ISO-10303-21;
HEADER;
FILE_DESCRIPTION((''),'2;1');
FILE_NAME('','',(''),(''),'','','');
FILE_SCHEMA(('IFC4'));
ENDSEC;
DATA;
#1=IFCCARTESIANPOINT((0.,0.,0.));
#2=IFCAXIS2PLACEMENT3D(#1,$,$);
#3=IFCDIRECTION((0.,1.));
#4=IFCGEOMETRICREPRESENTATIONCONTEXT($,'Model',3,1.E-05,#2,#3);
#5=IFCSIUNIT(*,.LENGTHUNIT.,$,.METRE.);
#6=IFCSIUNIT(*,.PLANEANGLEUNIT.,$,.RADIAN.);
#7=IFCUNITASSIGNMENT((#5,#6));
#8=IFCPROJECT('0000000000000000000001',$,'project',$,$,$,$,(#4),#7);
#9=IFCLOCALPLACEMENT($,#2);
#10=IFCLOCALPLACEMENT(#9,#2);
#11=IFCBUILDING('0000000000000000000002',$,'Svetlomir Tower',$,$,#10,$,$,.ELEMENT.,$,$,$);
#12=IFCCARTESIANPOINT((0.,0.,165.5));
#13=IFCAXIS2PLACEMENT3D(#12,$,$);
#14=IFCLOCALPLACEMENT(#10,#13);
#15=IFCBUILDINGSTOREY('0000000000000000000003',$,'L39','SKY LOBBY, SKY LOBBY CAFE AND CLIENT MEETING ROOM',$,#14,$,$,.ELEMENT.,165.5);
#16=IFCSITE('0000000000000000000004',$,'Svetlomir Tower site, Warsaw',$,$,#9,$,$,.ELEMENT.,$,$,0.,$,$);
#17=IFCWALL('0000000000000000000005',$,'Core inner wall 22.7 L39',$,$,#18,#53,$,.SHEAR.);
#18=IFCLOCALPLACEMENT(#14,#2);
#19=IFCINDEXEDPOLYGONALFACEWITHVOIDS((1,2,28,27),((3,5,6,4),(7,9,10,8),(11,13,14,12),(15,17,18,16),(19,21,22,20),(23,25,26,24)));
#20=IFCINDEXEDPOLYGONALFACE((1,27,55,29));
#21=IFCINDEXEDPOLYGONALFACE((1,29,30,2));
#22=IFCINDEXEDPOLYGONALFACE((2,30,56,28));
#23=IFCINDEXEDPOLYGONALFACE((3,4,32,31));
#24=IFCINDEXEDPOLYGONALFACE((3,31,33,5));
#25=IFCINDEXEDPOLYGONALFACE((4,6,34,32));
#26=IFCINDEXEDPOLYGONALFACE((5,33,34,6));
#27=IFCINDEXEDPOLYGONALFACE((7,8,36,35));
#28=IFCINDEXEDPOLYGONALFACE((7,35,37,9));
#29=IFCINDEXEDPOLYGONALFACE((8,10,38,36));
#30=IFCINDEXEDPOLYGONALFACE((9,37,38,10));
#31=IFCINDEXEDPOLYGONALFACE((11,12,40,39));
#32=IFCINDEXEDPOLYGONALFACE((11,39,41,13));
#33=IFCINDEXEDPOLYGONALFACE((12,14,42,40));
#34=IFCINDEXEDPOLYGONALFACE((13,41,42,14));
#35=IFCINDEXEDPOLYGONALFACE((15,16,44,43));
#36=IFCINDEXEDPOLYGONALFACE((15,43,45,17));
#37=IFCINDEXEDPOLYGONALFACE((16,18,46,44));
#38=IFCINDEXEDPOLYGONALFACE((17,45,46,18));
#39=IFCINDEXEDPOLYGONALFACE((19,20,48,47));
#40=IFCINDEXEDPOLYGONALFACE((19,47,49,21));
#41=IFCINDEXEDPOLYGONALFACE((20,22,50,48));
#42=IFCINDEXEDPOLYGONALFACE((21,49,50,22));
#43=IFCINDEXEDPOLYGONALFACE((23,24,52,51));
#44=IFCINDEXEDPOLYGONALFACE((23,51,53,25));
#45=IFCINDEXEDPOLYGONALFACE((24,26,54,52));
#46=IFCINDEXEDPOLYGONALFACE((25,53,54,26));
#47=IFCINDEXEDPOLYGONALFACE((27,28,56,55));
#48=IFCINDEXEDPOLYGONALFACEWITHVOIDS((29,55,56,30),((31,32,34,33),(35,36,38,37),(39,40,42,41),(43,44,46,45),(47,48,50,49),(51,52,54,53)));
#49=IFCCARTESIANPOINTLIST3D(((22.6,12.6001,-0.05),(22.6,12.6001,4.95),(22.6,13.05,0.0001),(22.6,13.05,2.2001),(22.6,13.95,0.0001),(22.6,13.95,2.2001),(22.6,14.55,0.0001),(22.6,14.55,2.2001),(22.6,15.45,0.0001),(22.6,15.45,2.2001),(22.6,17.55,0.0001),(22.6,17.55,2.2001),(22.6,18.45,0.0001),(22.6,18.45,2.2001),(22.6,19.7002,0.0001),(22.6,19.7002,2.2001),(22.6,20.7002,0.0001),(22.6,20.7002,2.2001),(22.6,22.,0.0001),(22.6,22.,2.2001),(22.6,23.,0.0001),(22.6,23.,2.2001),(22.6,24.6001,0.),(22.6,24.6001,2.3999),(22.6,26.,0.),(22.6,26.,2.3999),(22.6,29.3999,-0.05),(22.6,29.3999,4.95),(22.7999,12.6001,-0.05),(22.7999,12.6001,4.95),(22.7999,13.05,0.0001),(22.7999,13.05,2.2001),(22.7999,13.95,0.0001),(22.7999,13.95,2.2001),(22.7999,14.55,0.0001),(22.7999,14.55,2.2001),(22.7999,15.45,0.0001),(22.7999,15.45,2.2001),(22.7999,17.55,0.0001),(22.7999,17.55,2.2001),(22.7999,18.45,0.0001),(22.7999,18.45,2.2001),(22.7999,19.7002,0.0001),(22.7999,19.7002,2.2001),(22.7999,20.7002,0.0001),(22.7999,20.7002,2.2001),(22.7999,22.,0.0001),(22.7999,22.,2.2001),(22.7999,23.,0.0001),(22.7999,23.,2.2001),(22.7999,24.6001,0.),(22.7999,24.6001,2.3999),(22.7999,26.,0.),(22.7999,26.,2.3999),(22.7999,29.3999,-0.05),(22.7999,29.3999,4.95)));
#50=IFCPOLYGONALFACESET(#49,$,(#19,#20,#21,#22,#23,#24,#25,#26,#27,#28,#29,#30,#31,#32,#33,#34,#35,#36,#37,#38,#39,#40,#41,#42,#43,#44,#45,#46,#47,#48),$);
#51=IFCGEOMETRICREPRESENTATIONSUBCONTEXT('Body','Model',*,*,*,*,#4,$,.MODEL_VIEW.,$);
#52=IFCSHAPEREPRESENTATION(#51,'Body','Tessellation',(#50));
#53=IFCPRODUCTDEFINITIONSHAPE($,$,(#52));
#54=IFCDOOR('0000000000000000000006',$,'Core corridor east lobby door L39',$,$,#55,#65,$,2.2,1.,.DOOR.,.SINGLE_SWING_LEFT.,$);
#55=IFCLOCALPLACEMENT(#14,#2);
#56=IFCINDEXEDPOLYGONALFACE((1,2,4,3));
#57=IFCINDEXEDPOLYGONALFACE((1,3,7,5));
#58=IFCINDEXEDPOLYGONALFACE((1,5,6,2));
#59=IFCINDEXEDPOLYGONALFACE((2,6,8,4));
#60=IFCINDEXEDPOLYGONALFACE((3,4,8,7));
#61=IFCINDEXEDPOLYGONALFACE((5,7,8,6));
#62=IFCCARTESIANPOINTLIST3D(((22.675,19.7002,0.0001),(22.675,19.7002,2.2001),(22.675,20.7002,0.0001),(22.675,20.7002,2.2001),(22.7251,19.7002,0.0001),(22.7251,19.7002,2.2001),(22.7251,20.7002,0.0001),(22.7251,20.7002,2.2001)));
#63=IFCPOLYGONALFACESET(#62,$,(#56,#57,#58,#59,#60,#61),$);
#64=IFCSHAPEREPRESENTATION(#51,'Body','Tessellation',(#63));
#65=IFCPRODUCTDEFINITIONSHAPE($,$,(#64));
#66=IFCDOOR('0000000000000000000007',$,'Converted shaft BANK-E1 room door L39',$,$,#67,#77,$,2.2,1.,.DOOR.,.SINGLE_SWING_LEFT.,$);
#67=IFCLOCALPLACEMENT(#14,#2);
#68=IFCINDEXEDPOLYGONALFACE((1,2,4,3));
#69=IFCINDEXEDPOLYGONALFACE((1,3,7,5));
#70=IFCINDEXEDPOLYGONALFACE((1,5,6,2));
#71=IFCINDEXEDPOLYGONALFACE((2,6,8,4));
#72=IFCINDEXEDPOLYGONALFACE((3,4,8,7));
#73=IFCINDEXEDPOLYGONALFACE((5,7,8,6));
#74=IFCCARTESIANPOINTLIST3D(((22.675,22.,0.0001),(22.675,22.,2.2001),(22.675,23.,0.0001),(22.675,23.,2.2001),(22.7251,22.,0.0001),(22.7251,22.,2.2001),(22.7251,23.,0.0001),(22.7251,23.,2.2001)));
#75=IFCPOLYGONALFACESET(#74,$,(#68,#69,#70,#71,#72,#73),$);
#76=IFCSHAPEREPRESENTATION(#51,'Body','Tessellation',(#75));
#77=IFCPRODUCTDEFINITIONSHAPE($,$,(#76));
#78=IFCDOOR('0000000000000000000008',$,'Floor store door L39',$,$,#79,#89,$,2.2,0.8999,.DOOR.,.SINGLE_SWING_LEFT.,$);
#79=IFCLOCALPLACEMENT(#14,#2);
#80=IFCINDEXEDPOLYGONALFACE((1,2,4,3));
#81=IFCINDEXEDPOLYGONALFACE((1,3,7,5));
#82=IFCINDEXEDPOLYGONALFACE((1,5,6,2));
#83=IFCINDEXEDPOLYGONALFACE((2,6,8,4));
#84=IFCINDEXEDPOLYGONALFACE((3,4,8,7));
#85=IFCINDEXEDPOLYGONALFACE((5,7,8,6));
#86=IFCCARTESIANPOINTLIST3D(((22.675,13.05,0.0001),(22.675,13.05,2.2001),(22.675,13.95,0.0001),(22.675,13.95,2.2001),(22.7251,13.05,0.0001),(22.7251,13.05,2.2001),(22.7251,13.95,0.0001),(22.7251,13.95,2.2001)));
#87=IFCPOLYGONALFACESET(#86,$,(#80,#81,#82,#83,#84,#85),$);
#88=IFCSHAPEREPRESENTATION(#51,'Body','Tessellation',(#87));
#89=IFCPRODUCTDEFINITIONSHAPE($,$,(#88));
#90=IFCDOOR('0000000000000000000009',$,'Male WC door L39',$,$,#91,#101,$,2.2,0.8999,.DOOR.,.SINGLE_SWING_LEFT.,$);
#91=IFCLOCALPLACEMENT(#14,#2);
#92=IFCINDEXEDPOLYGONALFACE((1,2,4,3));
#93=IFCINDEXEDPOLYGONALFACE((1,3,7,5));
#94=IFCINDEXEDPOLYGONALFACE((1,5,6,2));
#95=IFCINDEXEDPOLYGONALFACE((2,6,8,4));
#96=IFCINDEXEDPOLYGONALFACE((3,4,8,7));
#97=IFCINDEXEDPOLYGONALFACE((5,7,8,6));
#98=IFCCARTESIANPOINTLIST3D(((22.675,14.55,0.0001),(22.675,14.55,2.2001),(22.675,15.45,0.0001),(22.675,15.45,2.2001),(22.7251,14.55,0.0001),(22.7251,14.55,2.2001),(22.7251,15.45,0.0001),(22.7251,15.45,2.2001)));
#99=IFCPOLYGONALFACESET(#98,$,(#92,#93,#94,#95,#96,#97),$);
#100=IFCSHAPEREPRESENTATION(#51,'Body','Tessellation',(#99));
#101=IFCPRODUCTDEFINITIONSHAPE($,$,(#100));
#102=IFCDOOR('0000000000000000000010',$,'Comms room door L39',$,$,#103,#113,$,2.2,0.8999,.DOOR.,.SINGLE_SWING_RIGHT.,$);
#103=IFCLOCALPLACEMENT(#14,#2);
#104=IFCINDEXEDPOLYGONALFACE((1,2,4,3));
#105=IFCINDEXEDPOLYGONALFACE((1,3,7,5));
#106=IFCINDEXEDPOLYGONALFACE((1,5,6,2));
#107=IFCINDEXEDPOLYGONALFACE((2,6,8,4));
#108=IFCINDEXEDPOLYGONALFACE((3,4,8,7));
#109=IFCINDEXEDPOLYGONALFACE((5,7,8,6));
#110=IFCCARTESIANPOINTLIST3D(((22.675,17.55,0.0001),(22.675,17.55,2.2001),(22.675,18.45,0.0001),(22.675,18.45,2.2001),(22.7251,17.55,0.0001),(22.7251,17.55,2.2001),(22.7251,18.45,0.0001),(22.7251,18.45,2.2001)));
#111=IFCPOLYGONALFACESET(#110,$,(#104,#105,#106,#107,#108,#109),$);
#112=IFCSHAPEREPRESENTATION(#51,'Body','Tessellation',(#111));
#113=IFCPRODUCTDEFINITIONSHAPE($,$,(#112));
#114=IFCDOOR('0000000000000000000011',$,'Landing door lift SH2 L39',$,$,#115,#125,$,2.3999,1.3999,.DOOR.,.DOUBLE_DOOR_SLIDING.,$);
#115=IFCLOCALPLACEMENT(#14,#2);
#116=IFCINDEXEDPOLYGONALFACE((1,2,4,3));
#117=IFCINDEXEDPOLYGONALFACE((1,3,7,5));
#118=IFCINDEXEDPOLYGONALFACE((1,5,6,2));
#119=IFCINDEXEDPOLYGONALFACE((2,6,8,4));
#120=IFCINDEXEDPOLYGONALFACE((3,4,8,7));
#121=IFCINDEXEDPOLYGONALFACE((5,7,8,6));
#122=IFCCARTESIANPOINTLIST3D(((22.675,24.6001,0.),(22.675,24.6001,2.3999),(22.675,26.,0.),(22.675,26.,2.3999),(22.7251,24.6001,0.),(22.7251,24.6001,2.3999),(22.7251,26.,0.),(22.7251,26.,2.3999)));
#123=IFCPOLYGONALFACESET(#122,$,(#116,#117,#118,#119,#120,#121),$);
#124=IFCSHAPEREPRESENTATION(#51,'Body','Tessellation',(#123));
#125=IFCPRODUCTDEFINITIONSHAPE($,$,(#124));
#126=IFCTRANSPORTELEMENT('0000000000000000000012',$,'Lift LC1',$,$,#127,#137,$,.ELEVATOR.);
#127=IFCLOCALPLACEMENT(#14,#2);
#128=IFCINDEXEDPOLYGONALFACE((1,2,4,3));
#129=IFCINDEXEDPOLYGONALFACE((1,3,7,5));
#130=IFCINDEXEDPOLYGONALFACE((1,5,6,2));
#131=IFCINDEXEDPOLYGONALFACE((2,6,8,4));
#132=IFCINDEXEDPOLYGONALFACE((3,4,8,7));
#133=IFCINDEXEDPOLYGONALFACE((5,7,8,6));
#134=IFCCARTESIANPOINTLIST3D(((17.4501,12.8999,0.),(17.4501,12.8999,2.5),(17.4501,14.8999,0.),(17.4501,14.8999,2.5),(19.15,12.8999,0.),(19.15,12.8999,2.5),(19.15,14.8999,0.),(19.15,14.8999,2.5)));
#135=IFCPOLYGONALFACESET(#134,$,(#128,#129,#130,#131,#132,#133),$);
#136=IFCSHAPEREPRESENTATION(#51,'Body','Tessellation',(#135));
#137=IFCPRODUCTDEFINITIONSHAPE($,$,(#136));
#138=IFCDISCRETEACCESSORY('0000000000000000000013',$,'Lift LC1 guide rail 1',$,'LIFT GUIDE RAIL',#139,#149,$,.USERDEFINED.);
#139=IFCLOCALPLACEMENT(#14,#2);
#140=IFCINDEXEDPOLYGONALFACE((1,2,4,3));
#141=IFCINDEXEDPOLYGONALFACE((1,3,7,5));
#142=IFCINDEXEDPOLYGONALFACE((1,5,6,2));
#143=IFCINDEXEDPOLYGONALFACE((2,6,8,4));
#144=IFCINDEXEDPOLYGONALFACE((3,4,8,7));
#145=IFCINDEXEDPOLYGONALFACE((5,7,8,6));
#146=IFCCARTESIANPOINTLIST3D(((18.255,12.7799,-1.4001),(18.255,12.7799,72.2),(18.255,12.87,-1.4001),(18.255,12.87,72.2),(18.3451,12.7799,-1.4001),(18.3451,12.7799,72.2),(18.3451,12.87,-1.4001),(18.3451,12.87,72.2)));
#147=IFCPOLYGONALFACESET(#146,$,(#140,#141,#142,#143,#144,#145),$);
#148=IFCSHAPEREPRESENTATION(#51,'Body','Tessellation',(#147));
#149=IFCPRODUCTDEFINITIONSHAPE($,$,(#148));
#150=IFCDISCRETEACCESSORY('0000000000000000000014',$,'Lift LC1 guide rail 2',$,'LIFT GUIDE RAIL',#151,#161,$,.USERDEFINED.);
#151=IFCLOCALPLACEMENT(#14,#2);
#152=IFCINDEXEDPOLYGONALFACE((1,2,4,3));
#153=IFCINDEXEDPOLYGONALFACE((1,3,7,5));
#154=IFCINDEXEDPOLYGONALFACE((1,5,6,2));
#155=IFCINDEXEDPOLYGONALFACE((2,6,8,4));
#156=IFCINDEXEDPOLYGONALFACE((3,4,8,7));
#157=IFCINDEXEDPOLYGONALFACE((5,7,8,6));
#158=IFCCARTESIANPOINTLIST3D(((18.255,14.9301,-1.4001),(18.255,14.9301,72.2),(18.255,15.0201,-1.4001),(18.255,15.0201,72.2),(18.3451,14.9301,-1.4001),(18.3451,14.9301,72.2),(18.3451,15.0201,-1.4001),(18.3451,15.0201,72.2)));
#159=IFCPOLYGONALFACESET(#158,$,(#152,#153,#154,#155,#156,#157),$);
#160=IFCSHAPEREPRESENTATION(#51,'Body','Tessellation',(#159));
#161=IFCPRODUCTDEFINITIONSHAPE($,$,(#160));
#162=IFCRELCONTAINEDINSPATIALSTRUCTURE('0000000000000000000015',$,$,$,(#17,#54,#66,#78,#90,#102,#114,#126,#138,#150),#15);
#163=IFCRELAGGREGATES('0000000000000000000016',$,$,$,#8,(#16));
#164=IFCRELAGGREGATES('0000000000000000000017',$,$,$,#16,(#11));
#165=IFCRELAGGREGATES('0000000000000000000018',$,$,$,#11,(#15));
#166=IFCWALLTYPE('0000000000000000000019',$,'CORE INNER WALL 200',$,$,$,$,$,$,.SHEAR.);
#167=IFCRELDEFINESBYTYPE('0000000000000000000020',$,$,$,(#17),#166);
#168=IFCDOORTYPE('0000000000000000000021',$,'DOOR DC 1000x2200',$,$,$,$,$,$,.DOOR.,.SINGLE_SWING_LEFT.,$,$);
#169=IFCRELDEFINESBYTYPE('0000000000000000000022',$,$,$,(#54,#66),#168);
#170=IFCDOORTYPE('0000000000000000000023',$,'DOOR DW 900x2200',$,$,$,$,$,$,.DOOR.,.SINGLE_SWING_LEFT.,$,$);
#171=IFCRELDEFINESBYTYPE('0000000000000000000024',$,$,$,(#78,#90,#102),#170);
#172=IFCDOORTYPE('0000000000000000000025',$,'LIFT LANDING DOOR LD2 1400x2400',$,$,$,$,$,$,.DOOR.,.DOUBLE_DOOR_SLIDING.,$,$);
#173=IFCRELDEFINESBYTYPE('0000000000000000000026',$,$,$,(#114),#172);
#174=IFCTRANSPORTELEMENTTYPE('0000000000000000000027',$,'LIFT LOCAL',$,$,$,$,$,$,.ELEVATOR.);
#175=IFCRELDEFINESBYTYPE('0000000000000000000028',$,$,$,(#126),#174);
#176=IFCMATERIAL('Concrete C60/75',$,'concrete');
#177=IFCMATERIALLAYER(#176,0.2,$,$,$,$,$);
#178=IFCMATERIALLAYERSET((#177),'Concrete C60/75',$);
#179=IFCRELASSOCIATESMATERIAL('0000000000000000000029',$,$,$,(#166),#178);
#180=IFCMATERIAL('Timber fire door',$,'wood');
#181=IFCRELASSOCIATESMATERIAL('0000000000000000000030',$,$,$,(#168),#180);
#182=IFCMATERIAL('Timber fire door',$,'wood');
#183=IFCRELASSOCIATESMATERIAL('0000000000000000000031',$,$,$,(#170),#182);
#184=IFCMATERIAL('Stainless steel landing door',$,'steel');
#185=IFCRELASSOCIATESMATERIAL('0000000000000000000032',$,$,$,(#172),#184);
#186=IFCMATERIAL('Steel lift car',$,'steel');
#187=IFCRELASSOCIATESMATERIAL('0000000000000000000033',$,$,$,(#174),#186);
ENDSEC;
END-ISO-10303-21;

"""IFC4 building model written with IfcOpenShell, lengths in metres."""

from ifc_helpers import new_model, si_unit, direction, frame, frame_2d, origin, origin_2d, place, context, subcontext, project, spatial, rectangle, extrude, material, layer, layer_set, type_object, element, fill, save


model = new_model("IFC4")

# Units and contexts
model_context = context("Model", 3, precision=1e-05, world=origin(), true_north=direction((0.0, 1.0)))
body_context = subcontext(model_context, "Body", "Model", "MODEL_VIEW")
ifc_project = project(units=[si_unit("LENGTHUNIT", "METRE"), si_unit("PLANEANGLEUNIT", "RADIAN")], contexts=[model_context])

# Site, building, storey
site_placement = place(None, origin())
site = spatial("IfcSite", under=ifc_project, at=site_placement, Name="Svetlomir Tower site, Warsaw", CompositionType="ELEMENT", RefElevation=0.0)
building_placement = place(site_placement, origin())
building = spatial("IfcBuilding", under=site, at=building_placement, Name="Svetlomir Tower", CompositionType="ELEMENT")
storey_placement = place(building_placement, frame((0.0, 0.0, 165.5)))
storey = spatial("IfcBuildingStorey", under=building, at=storey_placement, Name="L39", Description="SKY LOBBY, SKY LOBBY CAFE AND CLIENT MEETING ROOM", CompositionType="ELEMENT", Elevation=165.5)

# Wall, openings, doors
ifc_material_1 = material(Name="Concrete C60/75", Category="concrete")
ifc_layer = layer(ifc_material_1, 0.2)
ifc_layer_set = layer_set([ifc_layer], Name="Concrete C60/75")
wall_type = type_object("IfcWallType", Name="CORE INNER WALL 200", PredefinedType="SHEAR", material=ifc_layer_set)
ifc_material_2 = material(Name="Timber fire door", Category="wood")
door_type_1 = type_object("IfcDoorType", Name="DOOR DC 1000x2200", OperationType="SINGLE_SWING_LEFT", PredefinedType="DOOR", material=ifc_material_2)
ifc_material_3 = material(Name="Timber fire door", Category="wood")
door_type_2 = type_object("IfcDoorType", Name="DOOR DW 900x2200", OperationType="SINGLE_SWING_LEFT", PredefinedType="DOOR", material=ifc_material_3)
wall_1_placement = place(storey_placement, frame((22.7, 12.6001, -0.05), z_axis=(0.0, 0.0, 1.0), x_axis=(0.0, 1.0, 0.0)))
wall_1 = element("IfcWall", 1, at=wall_1_placement, inside=storey, type_object=wall_type, Name="Core inner wall 22.7 L39", PredefinedType="SHEAR", context=body_context, shape_type="SweptSolid", body=[
    extrude(rectangle(XDim=16.7998, YDim=0.2, at=frame_2d((8.3999, 0.0))), origin(), (0.0, 0.0, 1.0), 5.0),
])
opening_1_placement = place(wall_1_placement, frame((0.45, 0.0, 0.05)))
opening_1 = element("IfcOpeningElement", 2, at=opening_1_placement, cuts=wall_1, PredefinedType="OPENING", context=body_context, shape_type="SweptSolid", body=[
    extrude(rectangle(XDim=0.8999, YDim=2.2, at=frame_2d((0.45, 1.1001))), frame((0.0, 0.1099, 0.0), z_axis=(0.0, -1.0, 0.0), x_axis=(1.0, 0.0, 0.0)), (0.0, 0.0, 1.0), 0.22),
])
opening_2_placement = place(wall_1_placement, frame((7.1001, 0.0, 0.05)))
opening_2 = element("IfcOpeningElement", 3, at=opening_2_placement, cuts=wall_1, PredefinedType="OPENING", context=body_context, shape_type="SweptSolid", body=[
    extrude(rectangle(XDim=1.0, YDim=2.2, at=frame_2d((0.5, 1.1001))), frame((0.0, 0.1099, 0.0), z_axis=(0.0, -1.0, 0.0), x_axis=(1.0, 0.0, 0.0)), (0.0, 0.0, 1.0), 0.22),
])
opening_3_placement = place(wall_1_placement, frame((1.95, 0.0, 0.05)))
opening_3 = element("IfcOpeningElement", 4, at=opening_3_placement, cuts=wall_1, PredefinedType="OPENING", context=body_context, shape_type="SweptSolid", body=[
    extrude(rectangle(XDim=0.8999, YDim=2.2, at=frame_2d((0.45, 1.1001))), frame((0.0, 0.1099, 0.0), z_axis=(0.0, -1.0, 0.0), x_axis=(1.0, 0.0, 0.0)), (0.0, 0.0, 1.0), 0.22),
])
opening_4_placement = place(wall_1_placement, frame((4.95, 0.0, 0.05)))
opening_4 = element("IfcOpeningElement", 5, at=opening_4_placement, cuts=wall_1, PredefinedType="OPENING", context=body_context, shape_type="SweptSolid", body=[
    extrude(rectangle(XDim=0.8999, YDim=2.2, at=frame_2d((0.45, 1.1001))), frame((0.0, 0.1099, 0.0), z_axis=(0.0, -1.0, 0.0), x_axis=(1.0, 0.0, 0.0)), (0.0, 0.0, 1.0), 0.22),
])
opening_5_placement = place(wall_1_placement, frame((9.3999, 0.0, 0.05)))
opening_5 = element("IfcOpeningElement", 6, at=opening_5_placement, cuts=wall_1, PredefinedType="OPENING", context=body_context, shape_type="SweptSolid", body=[
    extrude(rectangle(XDim=1.0, YDim=2.2, at=frame_2d((0.5, 1.1001))), frame((0.0, 0.1099, 0.0), z_axis=(0.0, -1.0, 0.0), x_axis=(1.0, 0.0, 0.0)), (0.0, 0.0, 1.0), 0.22),
])
opening_6_placement = place(wall_1_placement, frame((12.0, 0.0, 0.05)))
opening_6 = element("IfcOpeningElement", 7, at=opening_6_placement, cuts=wall_1, PredefinedType="OPENING", context=body_context, shape_type="SweptSolid", body=[
    extrude(rectangle(XDim=1.3999, YDim=2.3999, at=frame_2d((0.7, 1.2))), frame((0.0, 0.1099, 0.0), z_axis=(0.0, -1.0, 0.0), x_axis=(1.0, 0.0, 0.0)), (0.0, 0.0, 1.0), 0.22),
])
door_1_placement = place(opening_2_placement, origin())
door_1 = element("IfcDoor", 8, at=door_1_placement, inside=storey, type_object=door_type_1, Name="Core corridor east lobby door L39", OperationType="SINGLE_SWING_LEFT", OverallHeight=2.2, OverallWidth=1.0, PredefinedType="DOOR", context=body_context, shape_type="SweptSolid", body=[
    extrude(rectangle(XDim=1.0, YDim=2.2, at=frame_2d((0.5, 1.1001))), frame((0.0, 0.0249, 0.0), z_axis=(0.0, -1.0, 0.0), x_axis=(1.0, 0.0, 0.0)), (0.0, 0.0, 1.0), 0.05),
])
fill(opening_2, door_1)
door_2_placement = place(opening_5_placement, origin())
door_2 = element("IfcDoor", 9, at=door_2_placement, inside=storey, type_object=door_type_1, Name="Converted shaft BANK-E1 room door L39", OperationType="SINGLE_SWING_LEFT", OverallHeight=2.2, OverallWidth=1.0, PredefinedType="DOOR", context=body_context, shape_type="SweptSolid", body=[
    extrude(rectangle(XDim=1.0, YDim=2.2, at=frame_2d((0.5, 1.1001))), frame((0.0, 0.0249, 0.0), z_axis=(0.0, -1.0, 0.0), x_axis=(1.0, 0.0, 0.0)), (0.0, 0.0, 1.0), 0.05),
])
fill(opening_5, door_2)
door_3_placement = place(opening_1_placement, origin())
door_3 = element("IfcDoor", 10, at=door_3_placement, inside=storey, type_object=door_type_2, Name="Floor store door L39", OperationType="SINGLE_SWING_LEFT", OverallHeight=2.2, OverallWidth=0.8999, PredefinedType="DOOR", context=body_context, shape_type="SweptSolid", body=[
    extrude(rectangle(XDim=0.8999, YDim=2.2, at=frame_2d((0.45, 1.1001))), frame((0.0, 0.0249, 0.0), z_axis=(0.0, -1.0, 0.0), x_axis=(1.0, 0.0, 0.0)), (0.0, 0.0, 1.0), 0.05),
])
fill(opening_1, door_3)
door_4_placement = place(opening_3_placement, origin())
door_4 = element("IfcDoor", 11, at=door_4_placement, inside=storey, type_object=door_type_2, Name="Male WC door L39", OperationType="SINGLE_SWING_LEFT", OverallHeight=2.2, OverallWidth=0.8999, PredefinedType="DOOR", context=body_context, shape_type="SweptSolid", body=[
    extrude(rectangle(XDim=0.8999, YDim=2.2, at=frame_2d((0.45, 1.1001))), frame((0.0, 0.0249, 0.0), z_axis=(0.0, -1.0, 0.0), x_axis=(1.0, 0.0, 0.0)), (0.0, 0.0, 1.0), 0.05),
])
fill(opening_3, door_4)
door_5_placement = place(opening_4_placement, origin())
door_5 = element("IfcDoor", 12, at=door_5_placement, inside=storey, type_object=door_type_2, Name="Comms room door L39", OperationType="SINGLE_SWING_RIGHT", OverallHeight=2.2, OverallWidth=0.8999, PredefinedType="DOOR", context=body_context, shape_type="SweptSolid", body=[
    extrude(rectangle(XDim=0.8999, YDim=2.2, at=frame_2d((0.45, 1.1001))), frame((0.0, 0.0249, 0.0), z_axis=(0.0, -1.0, 0.0), x_axis=(1.0, 0.0, 0.0)), (0.0, 0.0, 1.0), 0.05),
])
fill(opening_4, door_5)
ifc_material_4 = material(Name="Stainless steel landing door", Category="steel")
door_type_3 = type_object("IfcDoorType", Name="LIFT LANDING DOOR LD2 1400x2400", OperationType="DOUBLE_DOOR_SLIDING", PredefinedType="DOOR", material=ifc_material_4)
door_6_placement = place(opening_6_placement, origin())
door_6 = element("IfcDoor", 13, at=door_6_placement, inside=storey, type_object=door_type_3, Name="Landing door lift SH2 L39", OperationType="DOUBLE_DOOR_SLIDING", OverallHeight=2.3999, OverallWidth=1.3999, PredefinedType="DOOR", context=body_context, shape_type="SweptSolid", body=[
    extrude(rectangle(XDim=1.3999, YDim=2.3999, at=frame_2d((0.7, 1.2))), frame((0.0, 0.0249, 0.0), z_axis=(0.0, -1.0, 0.0), x_axis=(1.0, 0.0, 0.0)), (0.0, 0.0, 1.0), 0.05),
])
fill(opening_6, door_6)

# Transport element
ifc_material_5 = material(Name="Steel lift car", Category="steel")
transport_element_type = type_object("IfcTransportElementType", Name="LIFT LOCAL", PredefinedType="ELEVATOR", material=ifc_material_5)
transport_element_placement = place(storey_placement, frame((18.3, 13.8999, 0.0), z_axis=(0.0, 0.0, 1.0), x_axis=(1.0, 0.0, 0.0)))
element("IfcTransportElement", 14, at=transport_element_placement, inside=storey, type_object=transport_element_type, Name="Lift LC1", PredefinedType="ELEVATOR", context=body_context, shape_type="SweptSolid", body=[
    extrude(rectangle(XDim=1.7, YDim=2.0, at=origin_2d()), origin(), (0.0, 0.0, 1.0), 2.5),
])

# Discrete accessories
for number, where, z_axis, x_axis, name in (
    (15, (18.3, 12.825, -1.4001), (0.0, 0.0, 1.0), (1.0, 0.0, 0.0), "Lift LC1 guide rail 1"),
    (16, (18.3, 14.9751, -1.4001), (0.0, 0.0, 1.0), (1.0, 0.0, 0.0), "Lift LC1 guide rail 2"),
):
    element("IfcDiscreteAccessory", number, at=place(storey_placement, frame(where, z_axis=z_axis, x_axis=x_axis)), inside=storey, Name=name, ObjectType="LIFT GUIDE RAIL", PredefinedType="USERDEFINED", context=body_context, shape_type="SweptSolid", body=[
        extrude(rectangle(XDim=0.0901, YDim=0.0901, at=origin_2d()), origin(), (0.0, 0.0, 1.0), 73.6001),
    ])

save(model, "model.ifc")
